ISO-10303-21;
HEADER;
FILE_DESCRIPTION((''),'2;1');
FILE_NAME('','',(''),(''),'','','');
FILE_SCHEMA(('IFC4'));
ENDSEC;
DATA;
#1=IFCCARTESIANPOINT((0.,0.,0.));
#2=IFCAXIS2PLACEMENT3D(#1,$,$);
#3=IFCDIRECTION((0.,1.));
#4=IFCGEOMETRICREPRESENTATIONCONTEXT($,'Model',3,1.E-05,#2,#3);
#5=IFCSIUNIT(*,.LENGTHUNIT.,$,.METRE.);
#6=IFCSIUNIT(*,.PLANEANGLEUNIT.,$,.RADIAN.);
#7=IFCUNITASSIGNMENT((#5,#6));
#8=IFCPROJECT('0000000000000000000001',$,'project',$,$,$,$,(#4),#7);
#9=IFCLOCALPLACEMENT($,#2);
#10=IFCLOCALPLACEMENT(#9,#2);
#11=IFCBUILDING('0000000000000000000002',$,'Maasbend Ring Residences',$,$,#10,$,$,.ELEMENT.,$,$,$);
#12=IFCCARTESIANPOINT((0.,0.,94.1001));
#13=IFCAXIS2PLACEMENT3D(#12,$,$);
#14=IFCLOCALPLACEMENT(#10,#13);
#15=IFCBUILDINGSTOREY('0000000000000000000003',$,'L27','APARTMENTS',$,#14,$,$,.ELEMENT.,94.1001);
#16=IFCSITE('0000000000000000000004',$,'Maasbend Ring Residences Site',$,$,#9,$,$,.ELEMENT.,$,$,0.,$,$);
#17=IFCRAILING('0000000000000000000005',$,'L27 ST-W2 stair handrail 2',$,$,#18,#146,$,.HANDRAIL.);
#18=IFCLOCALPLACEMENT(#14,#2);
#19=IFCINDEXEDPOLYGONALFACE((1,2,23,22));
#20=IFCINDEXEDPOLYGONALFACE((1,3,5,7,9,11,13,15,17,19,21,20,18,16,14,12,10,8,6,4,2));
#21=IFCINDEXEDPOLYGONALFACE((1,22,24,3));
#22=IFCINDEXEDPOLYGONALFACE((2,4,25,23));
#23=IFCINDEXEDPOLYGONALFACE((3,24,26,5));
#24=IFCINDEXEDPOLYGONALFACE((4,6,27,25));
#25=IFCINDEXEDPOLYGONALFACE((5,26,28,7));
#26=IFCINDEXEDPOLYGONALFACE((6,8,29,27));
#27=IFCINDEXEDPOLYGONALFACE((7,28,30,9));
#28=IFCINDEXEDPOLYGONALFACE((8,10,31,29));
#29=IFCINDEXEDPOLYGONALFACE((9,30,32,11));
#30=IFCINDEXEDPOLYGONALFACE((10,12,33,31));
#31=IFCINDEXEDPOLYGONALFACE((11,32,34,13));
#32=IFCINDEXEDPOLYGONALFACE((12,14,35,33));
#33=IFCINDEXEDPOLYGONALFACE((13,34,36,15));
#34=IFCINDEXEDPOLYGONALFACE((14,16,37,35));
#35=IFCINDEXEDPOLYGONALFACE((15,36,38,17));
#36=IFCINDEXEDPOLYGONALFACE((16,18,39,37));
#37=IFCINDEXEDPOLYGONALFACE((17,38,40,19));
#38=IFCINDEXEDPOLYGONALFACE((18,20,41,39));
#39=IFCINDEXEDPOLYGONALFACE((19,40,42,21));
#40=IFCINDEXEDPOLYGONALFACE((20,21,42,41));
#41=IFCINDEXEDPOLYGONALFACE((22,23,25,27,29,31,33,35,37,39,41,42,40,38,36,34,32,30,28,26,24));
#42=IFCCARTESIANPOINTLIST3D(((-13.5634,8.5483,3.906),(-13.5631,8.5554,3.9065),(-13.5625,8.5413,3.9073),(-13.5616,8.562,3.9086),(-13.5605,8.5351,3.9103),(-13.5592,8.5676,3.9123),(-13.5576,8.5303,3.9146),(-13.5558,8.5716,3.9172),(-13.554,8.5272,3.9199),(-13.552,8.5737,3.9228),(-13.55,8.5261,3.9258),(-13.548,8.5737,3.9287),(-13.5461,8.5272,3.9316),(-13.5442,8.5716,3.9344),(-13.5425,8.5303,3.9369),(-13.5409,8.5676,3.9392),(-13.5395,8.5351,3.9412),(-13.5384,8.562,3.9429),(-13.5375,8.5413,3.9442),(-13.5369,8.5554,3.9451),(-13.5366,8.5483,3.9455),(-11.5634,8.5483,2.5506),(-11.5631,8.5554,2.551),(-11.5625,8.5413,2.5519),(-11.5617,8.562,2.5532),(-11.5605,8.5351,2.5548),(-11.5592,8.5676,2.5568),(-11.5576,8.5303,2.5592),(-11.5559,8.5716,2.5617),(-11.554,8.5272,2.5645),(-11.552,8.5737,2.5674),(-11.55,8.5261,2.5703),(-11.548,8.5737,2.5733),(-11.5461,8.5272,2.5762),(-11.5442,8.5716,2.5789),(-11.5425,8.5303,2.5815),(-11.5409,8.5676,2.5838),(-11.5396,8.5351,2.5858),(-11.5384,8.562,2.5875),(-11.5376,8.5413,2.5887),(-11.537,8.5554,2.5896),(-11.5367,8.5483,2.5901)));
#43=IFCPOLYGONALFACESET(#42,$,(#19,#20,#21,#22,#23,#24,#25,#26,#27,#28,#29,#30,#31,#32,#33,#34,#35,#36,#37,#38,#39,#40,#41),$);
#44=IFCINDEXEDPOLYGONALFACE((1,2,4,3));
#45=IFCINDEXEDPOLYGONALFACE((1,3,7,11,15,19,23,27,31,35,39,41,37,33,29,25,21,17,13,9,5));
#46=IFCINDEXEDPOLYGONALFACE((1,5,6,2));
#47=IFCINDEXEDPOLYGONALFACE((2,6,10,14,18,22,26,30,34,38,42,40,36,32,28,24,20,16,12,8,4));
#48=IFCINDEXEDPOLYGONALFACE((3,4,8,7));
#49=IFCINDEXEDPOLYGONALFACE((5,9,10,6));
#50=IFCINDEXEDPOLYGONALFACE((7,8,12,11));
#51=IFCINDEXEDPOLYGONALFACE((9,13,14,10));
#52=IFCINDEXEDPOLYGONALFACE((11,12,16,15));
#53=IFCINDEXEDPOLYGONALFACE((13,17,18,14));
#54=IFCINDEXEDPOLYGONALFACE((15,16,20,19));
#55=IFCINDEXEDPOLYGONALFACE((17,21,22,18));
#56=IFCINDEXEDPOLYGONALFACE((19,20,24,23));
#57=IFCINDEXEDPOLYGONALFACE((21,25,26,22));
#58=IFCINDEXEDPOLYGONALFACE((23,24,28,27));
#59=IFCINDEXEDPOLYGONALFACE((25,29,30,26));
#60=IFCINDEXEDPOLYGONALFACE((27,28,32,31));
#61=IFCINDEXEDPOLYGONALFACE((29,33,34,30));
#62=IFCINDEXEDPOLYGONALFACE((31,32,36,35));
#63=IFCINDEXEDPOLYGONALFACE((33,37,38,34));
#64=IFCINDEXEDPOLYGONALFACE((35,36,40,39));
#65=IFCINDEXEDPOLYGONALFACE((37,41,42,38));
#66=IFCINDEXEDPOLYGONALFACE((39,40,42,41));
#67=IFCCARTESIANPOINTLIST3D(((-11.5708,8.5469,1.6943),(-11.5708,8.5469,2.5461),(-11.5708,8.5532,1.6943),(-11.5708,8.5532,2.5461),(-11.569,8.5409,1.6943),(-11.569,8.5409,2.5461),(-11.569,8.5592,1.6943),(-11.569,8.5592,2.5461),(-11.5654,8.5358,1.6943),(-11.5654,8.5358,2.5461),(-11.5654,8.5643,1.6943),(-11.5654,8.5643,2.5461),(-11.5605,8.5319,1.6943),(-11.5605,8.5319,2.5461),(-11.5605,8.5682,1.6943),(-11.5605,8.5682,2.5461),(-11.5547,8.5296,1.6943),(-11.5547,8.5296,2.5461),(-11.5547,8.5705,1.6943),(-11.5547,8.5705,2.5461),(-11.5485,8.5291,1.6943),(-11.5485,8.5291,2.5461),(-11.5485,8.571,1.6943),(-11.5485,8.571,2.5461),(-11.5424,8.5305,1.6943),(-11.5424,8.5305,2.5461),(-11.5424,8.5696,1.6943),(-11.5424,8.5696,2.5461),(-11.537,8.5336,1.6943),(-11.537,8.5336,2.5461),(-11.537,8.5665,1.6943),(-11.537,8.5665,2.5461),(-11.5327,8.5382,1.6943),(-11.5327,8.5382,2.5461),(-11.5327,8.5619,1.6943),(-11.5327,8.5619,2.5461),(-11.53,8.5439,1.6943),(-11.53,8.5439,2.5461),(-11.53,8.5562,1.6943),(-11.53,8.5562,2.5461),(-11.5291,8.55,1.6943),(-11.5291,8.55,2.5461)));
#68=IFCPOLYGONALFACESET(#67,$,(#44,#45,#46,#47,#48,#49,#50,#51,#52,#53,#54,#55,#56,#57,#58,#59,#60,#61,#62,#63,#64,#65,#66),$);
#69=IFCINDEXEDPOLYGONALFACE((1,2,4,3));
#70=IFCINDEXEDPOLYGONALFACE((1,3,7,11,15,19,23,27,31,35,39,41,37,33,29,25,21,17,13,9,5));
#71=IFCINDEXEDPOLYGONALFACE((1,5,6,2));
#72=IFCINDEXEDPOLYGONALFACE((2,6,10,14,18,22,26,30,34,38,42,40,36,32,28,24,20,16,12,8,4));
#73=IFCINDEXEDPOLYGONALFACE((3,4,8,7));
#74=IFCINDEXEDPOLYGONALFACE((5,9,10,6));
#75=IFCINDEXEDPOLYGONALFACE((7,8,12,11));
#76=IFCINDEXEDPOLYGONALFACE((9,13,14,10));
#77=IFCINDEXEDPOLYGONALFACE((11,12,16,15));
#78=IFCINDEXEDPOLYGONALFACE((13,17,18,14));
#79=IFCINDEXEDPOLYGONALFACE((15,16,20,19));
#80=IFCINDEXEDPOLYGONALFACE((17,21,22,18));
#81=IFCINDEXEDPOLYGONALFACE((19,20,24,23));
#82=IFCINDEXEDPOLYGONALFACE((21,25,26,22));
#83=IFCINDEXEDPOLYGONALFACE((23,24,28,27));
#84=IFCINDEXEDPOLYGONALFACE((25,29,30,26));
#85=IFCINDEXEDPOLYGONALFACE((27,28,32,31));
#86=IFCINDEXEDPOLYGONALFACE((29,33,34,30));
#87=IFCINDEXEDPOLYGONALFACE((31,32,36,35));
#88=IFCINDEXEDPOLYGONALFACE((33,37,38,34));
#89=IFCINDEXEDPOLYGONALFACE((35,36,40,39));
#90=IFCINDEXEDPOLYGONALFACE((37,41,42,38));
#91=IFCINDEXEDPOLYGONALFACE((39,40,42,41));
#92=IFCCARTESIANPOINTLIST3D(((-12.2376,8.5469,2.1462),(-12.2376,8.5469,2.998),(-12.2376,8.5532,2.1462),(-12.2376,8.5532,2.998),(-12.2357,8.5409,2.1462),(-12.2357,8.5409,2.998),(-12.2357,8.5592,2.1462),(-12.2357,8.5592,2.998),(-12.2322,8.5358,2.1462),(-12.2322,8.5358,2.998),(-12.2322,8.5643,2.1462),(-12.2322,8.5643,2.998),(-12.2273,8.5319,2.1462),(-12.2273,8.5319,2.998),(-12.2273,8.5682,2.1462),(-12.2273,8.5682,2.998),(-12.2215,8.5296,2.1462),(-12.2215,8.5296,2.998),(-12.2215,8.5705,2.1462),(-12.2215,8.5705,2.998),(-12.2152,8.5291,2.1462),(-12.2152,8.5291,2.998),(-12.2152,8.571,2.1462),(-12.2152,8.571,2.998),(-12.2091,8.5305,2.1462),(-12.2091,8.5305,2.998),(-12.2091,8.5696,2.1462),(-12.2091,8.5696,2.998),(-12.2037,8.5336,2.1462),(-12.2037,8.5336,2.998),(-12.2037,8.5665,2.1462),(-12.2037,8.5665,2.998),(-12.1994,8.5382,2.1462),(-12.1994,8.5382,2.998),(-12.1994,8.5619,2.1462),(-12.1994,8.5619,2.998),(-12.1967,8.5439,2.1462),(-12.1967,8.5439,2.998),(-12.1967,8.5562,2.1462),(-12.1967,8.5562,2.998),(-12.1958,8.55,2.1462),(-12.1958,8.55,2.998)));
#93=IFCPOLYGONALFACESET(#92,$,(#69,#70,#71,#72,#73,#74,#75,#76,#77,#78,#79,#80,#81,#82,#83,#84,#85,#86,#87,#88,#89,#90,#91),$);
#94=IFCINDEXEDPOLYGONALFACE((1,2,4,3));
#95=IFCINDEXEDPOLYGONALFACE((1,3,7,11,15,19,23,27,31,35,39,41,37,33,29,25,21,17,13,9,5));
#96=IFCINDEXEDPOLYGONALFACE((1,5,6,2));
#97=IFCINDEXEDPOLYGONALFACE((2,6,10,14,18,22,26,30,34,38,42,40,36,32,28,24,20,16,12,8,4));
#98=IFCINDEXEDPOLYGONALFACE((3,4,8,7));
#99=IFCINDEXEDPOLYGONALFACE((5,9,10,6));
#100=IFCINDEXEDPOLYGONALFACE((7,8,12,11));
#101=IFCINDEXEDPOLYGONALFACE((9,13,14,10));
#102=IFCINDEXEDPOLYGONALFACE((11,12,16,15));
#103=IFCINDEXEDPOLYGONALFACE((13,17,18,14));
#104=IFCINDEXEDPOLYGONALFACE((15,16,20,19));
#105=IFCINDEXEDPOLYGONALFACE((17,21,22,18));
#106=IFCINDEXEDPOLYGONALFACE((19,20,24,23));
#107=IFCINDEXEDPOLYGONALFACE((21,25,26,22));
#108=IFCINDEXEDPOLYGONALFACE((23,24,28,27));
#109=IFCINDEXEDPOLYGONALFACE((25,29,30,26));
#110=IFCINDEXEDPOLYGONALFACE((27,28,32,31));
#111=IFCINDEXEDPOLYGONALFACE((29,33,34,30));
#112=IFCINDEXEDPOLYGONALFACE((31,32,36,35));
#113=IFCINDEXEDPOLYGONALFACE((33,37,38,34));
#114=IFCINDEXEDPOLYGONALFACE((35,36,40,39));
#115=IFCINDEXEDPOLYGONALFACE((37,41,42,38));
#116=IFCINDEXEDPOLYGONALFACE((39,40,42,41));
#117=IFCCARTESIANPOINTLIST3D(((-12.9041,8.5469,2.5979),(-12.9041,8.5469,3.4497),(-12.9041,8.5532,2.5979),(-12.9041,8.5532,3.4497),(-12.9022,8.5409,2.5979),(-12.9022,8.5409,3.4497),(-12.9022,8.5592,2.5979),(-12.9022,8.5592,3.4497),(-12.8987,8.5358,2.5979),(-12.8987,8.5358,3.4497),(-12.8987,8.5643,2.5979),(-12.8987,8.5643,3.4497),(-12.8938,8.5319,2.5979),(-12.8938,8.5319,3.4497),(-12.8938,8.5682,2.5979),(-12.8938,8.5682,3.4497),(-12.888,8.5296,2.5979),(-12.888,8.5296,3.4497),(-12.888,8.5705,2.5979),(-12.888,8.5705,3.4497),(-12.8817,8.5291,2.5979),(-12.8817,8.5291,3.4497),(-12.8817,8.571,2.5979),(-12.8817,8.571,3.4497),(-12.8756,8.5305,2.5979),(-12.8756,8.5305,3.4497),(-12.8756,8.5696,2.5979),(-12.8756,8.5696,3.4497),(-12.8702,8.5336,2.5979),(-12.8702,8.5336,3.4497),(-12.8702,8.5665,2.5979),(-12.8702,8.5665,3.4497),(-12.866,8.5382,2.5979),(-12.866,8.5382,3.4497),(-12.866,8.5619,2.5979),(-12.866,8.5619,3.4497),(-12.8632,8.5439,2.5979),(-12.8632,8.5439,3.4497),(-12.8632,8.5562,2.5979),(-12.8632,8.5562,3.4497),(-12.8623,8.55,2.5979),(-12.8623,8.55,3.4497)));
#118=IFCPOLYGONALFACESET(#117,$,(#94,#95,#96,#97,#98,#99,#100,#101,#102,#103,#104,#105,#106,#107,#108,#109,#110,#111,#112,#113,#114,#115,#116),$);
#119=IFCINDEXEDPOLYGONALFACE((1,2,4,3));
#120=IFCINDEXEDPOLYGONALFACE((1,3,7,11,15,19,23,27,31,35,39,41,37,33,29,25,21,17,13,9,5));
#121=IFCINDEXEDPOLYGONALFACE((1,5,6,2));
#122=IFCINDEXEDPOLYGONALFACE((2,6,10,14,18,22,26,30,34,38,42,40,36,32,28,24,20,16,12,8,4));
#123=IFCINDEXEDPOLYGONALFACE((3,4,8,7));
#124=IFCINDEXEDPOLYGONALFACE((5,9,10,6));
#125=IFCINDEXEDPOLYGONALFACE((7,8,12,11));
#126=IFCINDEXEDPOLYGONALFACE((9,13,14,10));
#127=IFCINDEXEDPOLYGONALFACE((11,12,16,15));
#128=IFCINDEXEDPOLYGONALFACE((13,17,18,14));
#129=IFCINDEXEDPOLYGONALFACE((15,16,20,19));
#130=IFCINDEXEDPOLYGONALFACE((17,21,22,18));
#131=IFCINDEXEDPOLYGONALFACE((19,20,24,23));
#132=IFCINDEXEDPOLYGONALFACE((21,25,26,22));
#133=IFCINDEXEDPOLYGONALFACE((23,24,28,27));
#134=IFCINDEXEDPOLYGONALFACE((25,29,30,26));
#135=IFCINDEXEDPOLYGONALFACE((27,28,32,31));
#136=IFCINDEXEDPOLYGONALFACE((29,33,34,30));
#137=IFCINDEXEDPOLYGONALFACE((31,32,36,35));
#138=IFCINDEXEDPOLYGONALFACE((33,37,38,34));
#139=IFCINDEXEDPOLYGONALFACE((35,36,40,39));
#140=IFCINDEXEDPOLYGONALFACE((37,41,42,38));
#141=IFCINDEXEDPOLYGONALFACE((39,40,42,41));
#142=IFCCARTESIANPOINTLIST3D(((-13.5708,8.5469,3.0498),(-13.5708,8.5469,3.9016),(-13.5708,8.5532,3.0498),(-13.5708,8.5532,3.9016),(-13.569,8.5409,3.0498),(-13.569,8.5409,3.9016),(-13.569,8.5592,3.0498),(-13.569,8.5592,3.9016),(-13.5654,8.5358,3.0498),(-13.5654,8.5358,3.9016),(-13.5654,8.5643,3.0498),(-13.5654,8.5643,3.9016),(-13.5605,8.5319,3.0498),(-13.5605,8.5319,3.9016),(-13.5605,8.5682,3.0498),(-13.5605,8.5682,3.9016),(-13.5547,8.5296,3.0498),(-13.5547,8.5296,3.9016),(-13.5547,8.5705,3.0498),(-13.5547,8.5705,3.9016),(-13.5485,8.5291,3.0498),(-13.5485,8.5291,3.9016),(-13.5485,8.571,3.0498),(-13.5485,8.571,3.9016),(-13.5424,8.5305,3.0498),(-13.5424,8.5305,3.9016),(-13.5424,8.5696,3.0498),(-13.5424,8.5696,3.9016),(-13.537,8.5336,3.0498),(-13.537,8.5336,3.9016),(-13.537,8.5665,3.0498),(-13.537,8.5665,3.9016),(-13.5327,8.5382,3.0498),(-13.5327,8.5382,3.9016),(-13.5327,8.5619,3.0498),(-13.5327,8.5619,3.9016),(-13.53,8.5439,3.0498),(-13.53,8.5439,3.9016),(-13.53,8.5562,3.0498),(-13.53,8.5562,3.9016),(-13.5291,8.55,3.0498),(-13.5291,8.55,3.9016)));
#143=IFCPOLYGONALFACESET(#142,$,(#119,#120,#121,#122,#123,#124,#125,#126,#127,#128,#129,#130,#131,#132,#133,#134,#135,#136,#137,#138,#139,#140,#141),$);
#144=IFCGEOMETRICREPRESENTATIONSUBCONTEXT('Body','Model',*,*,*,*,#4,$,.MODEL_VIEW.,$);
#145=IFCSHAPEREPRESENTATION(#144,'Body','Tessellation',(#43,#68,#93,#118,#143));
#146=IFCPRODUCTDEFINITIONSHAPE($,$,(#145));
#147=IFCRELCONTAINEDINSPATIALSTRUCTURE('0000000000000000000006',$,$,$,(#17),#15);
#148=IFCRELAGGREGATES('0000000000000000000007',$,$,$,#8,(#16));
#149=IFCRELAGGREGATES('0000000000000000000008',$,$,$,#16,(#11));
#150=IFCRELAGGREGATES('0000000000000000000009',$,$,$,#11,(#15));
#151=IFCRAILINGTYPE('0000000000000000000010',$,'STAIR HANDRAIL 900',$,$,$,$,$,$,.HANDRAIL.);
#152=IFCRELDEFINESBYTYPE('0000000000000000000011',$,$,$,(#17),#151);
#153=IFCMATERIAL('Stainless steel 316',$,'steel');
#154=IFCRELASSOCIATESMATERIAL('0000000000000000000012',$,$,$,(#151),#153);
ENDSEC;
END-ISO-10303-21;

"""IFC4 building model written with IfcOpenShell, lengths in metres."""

from ifc_helpers import new_model, si_unit, direction, frame, origin, origin_2d, place, context, subcontext, project, spatial, circle, extrude, material, type_object, element, save


model = new_model("IFC4")

# Units and contexts
model_context = context("Model", 3, precision=1e-05, world=origin(), true_north=direction((0.0, 1.0)))
body_context = subcontext(model_context, "Body", "Model", "MODEL_VIEW")
ifc_project = project(units=[si_unit("LENGTHUNIT", "METRE"), si_unit("PLANEANGLEUNIT", "RADIAN")], contexts=[model_context])

# Site, building, storey
site_placement = place(None, origin())
site = spatial("IfcSite", under=ifc_project, at=site_placement, Name="Maasbend Ring Residences Site", CompositionType="ELEMENT", RefElevation=0.0)
building_placement = place(site_placement, origin())
building = spatial("IfcBuilding", under=site, at=building_placement, Name="Maasbend Ring Residences", CompositionType="ELEMENT")
storey_placement = place(building_placement, frame((0.0, 0.0, 94.1001)))
storey = spatial("IfcBuildingStorey", under=building, at=storey_placement, Name="L27", Description="APARTMENTS", CompositionType="ELEMENT", Elevation=94.1001)

# Railing
ifc_material_1 = material(Name="Stainless steel 316", Category="steel")
railing_type_1 = type_object("IfcRailingType", Name="STAIR HANDRAIL 900", PredefinedType="HANDRAIL", material=ifc_material_1)
railing_1_placement = place(storey_placement, frame((-11.55, 8.55, 1.6943)))
element("IfcRailing", 1, at=railing_1_placement, inside=storey, type_object=railing_type_1, Name="L27 ST-W2 stair handrail 2", PredefinedType="HANDRAIL", context=body_context, shape_type="SweptSolid", body=[
    extrude(circle(Radius=0.0239, at=origin_2d()), frame((0.0, 0.0, 0.876), z_axis=(-0.827798, 0.0, 0.561027), x_axis=(0.0, -1.0, 0.0)), (0.0, 0.0, 1.0), 2.416),
    extrude(circle(Radius=0.021, at=origin_2d()), origin(), (0.0, 0.0, 1.0), 0.8518),
    extrude(circle(Radius=0.021, at=origin_2d()), frame((-0.6667, 0.0, 0.4519)), (0.0, 0.0, 1.0), 0.8518),
    extrude(circle(Radius=0.021, at=origin_2d()), frame((-1.3333, 0.0, 0.9036)), (0.0, 0.0, 1.0), 0.8518),
    extrude(circle(Radius=0.021, at=origin_2d()), frame((-2.0, 0.0, 1.3555)), (0.0, 0.0, 1.0), 0.8518),
])

save(model, "model.ifc")
